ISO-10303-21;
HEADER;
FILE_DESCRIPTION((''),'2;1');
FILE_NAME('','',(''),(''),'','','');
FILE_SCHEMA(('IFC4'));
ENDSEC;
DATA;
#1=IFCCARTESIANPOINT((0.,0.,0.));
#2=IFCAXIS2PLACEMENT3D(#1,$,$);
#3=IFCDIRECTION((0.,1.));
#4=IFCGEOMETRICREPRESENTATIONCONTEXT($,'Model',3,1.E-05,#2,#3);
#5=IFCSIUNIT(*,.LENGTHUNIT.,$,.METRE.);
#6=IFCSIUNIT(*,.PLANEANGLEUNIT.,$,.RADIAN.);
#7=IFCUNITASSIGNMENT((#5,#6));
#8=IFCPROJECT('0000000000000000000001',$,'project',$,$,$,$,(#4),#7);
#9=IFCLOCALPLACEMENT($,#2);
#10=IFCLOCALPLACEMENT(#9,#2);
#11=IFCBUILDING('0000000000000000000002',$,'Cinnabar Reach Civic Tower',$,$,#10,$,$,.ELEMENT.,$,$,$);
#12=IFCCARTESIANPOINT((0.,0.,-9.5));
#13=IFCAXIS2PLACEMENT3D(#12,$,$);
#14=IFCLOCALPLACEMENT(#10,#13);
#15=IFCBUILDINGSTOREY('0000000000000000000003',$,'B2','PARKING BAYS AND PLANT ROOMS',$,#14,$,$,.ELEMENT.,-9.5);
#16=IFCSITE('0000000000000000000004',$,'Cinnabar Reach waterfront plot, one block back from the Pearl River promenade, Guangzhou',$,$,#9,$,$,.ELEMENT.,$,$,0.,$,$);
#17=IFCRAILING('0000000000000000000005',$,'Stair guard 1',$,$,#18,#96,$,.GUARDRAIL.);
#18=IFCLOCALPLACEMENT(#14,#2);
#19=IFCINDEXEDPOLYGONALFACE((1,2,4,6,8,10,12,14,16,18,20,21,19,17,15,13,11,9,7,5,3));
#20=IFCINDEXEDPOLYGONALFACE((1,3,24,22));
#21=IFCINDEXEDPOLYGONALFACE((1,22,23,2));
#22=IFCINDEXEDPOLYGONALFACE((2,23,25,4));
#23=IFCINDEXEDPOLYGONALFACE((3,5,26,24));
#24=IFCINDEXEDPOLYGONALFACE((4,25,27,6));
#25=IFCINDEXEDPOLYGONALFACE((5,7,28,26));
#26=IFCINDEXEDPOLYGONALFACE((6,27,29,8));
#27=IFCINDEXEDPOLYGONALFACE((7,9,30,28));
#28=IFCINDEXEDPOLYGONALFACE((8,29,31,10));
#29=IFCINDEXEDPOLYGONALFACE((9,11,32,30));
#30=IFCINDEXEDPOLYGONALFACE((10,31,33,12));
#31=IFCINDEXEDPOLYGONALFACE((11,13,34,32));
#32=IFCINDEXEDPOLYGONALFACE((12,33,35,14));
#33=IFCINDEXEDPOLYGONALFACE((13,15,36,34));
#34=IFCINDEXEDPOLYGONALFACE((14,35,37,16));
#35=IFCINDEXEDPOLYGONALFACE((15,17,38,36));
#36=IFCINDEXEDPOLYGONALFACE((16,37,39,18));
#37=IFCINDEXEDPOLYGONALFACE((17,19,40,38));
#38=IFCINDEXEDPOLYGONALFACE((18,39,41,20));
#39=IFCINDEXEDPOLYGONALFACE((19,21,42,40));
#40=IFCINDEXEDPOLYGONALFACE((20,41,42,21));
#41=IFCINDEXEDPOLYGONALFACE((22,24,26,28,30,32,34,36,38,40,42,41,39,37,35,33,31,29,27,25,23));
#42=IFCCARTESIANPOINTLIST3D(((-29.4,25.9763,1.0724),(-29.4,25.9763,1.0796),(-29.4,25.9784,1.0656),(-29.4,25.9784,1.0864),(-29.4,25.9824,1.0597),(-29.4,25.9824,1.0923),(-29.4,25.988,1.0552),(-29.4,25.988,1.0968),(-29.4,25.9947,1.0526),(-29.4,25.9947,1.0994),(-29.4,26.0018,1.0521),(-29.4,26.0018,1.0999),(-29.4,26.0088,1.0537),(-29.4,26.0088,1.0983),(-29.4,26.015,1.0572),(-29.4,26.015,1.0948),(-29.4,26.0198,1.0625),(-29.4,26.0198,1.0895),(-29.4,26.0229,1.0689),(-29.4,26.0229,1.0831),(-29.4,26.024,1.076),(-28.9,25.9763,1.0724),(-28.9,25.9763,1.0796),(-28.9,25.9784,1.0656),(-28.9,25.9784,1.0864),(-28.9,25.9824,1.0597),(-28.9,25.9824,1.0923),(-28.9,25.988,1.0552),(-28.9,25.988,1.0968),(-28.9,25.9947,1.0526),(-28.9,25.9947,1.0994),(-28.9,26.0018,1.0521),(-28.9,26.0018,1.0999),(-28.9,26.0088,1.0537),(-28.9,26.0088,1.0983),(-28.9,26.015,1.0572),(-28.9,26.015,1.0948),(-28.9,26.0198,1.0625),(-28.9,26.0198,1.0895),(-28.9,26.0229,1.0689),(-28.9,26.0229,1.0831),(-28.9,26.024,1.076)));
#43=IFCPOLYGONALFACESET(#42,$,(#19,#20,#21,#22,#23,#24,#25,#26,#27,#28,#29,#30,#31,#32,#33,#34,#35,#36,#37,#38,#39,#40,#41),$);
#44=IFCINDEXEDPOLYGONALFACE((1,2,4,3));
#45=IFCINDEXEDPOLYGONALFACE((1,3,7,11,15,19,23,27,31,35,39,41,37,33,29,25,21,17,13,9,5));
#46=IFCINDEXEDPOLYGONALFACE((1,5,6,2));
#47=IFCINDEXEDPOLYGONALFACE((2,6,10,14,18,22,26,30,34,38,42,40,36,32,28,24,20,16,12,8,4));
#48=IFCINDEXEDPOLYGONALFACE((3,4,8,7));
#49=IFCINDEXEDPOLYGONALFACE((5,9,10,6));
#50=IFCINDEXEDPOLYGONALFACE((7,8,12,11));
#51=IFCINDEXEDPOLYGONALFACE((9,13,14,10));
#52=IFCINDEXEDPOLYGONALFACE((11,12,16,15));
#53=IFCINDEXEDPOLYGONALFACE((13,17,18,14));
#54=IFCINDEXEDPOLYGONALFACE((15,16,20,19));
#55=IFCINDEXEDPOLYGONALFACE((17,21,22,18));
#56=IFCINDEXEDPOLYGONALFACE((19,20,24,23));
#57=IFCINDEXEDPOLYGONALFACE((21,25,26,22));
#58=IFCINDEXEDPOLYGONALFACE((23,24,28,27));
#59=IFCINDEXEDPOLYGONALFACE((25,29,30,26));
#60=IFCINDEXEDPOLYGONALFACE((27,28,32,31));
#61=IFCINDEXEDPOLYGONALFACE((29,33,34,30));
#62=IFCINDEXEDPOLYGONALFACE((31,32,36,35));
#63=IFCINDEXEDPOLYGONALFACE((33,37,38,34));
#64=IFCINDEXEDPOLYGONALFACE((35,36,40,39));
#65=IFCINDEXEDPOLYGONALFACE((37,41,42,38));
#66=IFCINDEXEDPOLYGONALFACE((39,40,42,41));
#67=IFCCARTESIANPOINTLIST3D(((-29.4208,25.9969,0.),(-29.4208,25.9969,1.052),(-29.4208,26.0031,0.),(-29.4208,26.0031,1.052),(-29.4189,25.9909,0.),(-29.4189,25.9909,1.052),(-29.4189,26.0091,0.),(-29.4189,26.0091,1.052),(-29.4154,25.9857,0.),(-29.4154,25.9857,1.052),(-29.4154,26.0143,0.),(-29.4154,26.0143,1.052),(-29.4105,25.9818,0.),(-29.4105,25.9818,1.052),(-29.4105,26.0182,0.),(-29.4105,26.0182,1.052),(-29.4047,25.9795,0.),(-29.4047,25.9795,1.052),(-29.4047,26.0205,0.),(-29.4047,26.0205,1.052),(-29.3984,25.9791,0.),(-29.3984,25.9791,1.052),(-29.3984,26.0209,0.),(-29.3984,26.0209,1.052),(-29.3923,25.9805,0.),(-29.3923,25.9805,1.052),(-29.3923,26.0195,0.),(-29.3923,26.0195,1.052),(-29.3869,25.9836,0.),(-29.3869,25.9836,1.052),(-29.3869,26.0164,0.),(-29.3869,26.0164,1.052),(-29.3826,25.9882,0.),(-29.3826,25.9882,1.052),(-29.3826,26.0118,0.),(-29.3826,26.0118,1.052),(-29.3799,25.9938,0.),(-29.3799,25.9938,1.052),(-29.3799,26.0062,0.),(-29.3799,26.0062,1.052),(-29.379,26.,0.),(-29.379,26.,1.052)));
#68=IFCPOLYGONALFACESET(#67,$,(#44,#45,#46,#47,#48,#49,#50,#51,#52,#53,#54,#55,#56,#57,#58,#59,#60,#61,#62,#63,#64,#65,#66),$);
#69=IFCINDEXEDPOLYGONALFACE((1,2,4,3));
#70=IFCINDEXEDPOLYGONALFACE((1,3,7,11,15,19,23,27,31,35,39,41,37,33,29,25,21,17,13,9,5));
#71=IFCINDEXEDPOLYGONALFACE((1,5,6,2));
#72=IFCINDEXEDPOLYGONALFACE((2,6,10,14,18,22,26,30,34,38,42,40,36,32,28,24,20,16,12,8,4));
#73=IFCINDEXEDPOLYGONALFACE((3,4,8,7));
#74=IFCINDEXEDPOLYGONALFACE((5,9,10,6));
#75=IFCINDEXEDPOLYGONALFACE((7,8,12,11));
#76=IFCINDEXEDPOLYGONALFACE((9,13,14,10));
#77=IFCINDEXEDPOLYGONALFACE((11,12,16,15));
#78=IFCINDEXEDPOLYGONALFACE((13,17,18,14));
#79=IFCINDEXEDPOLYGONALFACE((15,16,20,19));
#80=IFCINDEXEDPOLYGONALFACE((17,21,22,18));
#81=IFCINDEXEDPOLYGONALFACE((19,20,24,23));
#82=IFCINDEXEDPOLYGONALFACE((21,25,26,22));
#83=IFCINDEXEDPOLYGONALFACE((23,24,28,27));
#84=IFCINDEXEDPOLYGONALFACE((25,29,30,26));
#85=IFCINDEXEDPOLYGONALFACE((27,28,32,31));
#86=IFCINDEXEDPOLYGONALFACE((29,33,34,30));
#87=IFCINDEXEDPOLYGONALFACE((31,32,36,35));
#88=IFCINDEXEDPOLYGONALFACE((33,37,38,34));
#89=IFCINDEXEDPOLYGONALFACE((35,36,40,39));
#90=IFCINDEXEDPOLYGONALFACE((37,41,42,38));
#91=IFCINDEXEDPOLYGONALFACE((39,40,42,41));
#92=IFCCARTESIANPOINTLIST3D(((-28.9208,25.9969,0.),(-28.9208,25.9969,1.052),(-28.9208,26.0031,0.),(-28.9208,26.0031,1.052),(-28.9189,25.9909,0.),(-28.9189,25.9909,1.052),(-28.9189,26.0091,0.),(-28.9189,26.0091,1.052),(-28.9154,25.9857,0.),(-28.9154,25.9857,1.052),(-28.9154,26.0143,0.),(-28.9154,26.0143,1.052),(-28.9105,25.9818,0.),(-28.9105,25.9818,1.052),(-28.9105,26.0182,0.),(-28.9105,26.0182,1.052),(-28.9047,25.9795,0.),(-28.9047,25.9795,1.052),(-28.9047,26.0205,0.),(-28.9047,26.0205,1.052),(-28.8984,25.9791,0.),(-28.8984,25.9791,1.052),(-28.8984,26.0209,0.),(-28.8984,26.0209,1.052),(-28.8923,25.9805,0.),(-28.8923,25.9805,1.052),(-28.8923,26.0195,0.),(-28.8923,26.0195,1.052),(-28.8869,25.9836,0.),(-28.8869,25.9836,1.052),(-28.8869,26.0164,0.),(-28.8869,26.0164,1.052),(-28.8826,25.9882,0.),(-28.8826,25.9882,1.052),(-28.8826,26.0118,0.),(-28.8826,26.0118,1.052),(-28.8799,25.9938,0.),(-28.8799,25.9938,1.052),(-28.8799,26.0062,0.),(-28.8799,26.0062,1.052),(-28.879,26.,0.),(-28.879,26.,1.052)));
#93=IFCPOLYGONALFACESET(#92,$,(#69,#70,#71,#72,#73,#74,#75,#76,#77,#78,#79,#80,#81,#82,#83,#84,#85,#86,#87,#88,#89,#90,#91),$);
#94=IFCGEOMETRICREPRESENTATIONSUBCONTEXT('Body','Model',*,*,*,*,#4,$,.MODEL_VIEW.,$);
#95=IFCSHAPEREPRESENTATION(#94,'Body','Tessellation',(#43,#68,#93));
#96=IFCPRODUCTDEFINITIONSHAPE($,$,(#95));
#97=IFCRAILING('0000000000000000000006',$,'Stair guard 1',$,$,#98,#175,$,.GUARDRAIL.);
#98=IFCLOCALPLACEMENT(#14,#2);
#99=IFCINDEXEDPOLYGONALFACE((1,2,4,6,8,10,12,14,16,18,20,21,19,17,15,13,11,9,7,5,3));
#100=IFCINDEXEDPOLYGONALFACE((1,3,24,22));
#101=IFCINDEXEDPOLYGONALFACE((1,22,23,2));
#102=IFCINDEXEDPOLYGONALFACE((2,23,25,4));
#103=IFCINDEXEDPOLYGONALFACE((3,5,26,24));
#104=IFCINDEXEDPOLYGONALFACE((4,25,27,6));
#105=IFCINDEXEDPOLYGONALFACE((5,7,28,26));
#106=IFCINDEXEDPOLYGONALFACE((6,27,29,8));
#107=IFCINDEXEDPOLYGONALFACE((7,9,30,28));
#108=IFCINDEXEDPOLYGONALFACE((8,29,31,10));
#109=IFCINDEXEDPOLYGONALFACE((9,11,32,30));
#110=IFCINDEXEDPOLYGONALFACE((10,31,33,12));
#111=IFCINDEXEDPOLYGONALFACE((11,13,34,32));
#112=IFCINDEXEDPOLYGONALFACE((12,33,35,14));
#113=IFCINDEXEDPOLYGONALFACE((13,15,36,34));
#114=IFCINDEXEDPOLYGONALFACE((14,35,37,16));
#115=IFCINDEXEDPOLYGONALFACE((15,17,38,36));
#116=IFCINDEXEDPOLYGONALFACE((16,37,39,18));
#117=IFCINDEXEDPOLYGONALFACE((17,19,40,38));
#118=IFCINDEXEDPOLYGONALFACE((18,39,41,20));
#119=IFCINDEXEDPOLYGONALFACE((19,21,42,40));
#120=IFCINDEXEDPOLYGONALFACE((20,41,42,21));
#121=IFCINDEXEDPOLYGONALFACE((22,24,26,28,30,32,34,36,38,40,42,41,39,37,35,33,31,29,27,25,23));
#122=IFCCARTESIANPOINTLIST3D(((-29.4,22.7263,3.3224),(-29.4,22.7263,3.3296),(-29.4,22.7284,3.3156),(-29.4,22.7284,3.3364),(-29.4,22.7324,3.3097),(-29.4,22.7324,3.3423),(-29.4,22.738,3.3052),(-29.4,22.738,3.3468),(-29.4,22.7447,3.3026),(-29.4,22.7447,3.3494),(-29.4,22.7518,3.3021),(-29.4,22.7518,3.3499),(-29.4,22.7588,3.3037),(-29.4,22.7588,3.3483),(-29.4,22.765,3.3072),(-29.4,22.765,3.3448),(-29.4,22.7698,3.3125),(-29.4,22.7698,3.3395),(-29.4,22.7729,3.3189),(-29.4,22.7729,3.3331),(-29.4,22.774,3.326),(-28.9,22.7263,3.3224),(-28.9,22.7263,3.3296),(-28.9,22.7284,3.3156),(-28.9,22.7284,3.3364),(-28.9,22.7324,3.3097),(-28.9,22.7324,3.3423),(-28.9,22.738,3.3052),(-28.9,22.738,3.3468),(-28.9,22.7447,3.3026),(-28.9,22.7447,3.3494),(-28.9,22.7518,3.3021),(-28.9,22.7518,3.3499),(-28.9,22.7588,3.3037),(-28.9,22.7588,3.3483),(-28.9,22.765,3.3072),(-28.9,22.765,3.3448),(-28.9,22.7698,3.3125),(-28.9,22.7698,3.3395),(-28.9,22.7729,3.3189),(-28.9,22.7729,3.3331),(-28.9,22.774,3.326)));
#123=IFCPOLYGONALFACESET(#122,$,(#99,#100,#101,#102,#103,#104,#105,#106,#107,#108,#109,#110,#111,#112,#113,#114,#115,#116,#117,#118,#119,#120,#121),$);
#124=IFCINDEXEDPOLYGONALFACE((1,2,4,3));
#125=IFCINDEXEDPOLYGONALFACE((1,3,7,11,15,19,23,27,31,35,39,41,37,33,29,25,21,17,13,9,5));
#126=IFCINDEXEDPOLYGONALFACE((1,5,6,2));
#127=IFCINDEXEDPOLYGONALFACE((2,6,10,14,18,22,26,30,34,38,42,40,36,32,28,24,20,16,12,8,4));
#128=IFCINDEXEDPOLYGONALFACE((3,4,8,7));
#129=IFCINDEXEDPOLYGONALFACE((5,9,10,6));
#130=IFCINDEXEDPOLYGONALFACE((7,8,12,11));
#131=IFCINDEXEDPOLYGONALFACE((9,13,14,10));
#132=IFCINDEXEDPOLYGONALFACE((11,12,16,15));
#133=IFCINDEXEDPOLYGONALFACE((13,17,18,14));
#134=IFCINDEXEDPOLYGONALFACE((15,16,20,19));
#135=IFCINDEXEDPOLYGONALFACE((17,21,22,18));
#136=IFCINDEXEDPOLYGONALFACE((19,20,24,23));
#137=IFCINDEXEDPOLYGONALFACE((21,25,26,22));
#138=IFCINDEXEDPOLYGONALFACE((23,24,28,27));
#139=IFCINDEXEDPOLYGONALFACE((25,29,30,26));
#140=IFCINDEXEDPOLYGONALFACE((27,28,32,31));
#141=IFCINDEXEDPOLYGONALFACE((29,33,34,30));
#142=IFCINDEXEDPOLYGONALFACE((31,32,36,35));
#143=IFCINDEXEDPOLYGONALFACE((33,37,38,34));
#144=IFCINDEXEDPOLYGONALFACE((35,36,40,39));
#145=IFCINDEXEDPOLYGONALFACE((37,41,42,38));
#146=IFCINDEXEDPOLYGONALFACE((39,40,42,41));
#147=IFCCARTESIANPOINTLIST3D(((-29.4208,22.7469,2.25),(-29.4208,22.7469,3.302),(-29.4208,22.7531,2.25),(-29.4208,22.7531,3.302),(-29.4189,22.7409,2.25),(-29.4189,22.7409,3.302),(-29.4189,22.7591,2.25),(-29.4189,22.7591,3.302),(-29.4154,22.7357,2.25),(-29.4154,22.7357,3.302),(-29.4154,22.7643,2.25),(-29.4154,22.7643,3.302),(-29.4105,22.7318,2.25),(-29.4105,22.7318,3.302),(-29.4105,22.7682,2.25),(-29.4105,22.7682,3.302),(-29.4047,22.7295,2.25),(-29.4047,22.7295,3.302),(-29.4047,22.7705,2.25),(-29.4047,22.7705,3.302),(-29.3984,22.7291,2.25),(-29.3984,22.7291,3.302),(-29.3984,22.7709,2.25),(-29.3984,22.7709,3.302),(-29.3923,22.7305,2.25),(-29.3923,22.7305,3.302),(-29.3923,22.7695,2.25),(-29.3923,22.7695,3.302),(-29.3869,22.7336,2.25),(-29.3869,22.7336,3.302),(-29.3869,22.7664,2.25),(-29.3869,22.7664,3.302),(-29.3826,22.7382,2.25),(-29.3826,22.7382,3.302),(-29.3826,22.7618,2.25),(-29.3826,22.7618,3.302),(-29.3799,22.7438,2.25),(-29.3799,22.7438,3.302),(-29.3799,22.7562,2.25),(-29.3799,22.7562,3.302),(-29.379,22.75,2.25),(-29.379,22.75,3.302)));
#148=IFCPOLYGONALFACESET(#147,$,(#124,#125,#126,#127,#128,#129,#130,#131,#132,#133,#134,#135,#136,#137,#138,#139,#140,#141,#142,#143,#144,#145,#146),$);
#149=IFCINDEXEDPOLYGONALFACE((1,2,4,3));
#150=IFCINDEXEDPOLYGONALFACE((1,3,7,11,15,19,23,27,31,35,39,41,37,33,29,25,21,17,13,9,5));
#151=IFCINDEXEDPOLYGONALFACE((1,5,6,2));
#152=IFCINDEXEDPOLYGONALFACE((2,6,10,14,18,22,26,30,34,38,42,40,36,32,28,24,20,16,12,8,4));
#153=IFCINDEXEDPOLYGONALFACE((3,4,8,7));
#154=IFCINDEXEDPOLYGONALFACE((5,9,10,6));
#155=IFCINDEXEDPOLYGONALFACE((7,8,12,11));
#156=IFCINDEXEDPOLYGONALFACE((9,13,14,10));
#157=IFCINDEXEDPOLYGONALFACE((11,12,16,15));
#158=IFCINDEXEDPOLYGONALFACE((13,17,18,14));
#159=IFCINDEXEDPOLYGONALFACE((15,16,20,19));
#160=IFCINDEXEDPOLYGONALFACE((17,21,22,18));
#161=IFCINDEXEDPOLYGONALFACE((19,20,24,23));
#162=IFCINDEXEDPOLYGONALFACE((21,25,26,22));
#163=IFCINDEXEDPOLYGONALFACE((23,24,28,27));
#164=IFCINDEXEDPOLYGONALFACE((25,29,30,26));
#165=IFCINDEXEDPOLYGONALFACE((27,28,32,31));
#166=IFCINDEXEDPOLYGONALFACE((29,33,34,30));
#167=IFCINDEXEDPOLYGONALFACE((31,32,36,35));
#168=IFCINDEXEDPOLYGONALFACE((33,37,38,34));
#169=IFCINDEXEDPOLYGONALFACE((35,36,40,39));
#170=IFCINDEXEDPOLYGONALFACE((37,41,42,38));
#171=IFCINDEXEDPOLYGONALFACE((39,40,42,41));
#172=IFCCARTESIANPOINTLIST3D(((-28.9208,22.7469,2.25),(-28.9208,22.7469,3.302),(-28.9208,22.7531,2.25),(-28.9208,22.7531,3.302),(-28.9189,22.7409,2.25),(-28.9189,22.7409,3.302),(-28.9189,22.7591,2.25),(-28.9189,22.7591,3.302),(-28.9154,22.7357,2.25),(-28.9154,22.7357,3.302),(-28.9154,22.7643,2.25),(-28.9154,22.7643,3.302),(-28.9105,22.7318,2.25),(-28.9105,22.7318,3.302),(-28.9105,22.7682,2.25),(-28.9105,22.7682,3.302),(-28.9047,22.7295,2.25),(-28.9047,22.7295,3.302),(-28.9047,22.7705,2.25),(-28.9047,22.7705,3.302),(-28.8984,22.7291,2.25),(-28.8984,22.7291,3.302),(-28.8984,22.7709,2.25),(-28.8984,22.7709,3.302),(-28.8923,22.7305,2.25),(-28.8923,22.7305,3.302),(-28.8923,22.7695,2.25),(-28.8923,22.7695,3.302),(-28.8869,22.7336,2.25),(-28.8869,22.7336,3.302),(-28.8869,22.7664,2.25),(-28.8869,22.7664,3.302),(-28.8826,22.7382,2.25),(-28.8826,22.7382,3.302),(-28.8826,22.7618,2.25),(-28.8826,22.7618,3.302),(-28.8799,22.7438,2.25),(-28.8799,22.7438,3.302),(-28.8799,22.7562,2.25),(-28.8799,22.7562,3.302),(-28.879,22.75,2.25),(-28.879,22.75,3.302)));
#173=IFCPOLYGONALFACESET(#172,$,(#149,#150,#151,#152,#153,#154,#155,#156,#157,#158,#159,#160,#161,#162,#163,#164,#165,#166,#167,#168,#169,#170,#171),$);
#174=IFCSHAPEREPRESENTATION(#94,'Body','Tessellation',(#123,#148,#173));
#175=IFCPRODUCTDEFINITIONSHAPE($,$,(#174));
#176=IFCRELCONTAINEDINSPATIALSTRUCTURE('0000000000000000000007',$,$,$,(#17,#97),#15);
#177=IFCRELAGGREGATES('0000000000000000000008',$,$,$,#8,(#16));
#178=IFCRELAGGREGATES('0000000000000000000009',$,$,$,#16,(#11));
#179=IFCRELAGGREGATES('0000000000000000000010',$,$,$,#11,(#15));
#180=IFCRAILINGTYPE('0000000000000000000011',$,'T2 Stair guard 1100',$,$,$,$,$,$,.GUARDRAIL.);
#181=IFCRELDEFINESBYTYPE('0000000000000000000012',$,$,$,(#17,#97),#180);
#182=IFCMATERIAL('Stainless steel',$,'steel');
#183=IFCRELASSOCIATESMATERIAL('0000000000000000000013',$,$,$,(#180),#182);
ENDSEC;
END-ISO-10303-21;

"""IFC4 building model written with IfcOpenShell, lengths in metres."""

from ifc_helpers import new_model, si_unit, direction, frame, origin, origin_2d, place, context, subcontext, project, spatial, circle, extrude, material, type_object, element, save


model = new_model("IFC4")

# Units and contexts
model_context = context("Model", 3, precision=1e-05, world=origin(), true_north=direction((0.0, 1.0)))
body_context = subcontext(model_context, "Body", "Model", "MODEL_VIEW")
ifc_project = project(units=[si_unit("LENGTHUNIT", "METRE"), si_unit("PLANEANGLEUNIT", "RADIAN")], contexts=[model_context])

# Site, building, storey
site_placement = place(None, origin())
site = spatial("IfcSite", under=ifc_project, at=site_placement, Name="Cinnabar Reach waterfront plot, one block back from the Pearl River promenade, Guangzhou", CompositionType="ELEMENT", RefElevation=0.0)
building_placement = place(site_placement, origin())
building = spatial("IfcBuilding", under=site, at=building_placement, Name="Cinnabar Reach Civic Tower", CompositionType="ELEMENT")
storey_placement = place(building_placement, frame((0.0, 0.0, -9.5)))
storey = spatial("IfcBuildingStorey", under=building, at=storey_placement, Name="B2", Description="PARKING BAYS AND PLANT ROOMS", CompositionType="ELEMENT", Elevation=-9.5)

# Railings
ifc_material_1 = material(Name="Stainless steel", Category="steel")
railing_type = type_object("IfcRailingType", Name="T2 Stair guard 1100", PredefinedType="GUARDRAIL", material=ifc_material_1)
for number, where, name in (
    (1, (-29.4, 26.0, 0.0), "Stair guard 1"),
    (2, (-29.4, 22.75, 2.25), "Stair guard 1"),
):
    element("IfcRailing", number, at=place(storey_placement, frame(where)), inside=storey, type_object=railing_type, Name=name, PredefinedType="GUARDRAIL", context=body_context, shape_type="SweptSolid", body=[
        extrude(circle(Radius=0.024, at=origin_2d()), frame((0.0, 0.0, 1.076), z_axis=(1.0, 0.0, 0.0), x_axis=(0.0, 1.0, 0.0)), (0.0, 0.0, 1.0), 0.5),
        extrude(circle(Radius=0.021, at=origin_2d()), origin(), (0.0, 0.0, 1.0), 1.052),
        extrude(circle(Radius=0.021, at=origin_2d()), frame((0.5, 0.0, 0.0)), (0.0, 0.0, 1.0), 1.052),
    ])

save(model, "model.ifc")
